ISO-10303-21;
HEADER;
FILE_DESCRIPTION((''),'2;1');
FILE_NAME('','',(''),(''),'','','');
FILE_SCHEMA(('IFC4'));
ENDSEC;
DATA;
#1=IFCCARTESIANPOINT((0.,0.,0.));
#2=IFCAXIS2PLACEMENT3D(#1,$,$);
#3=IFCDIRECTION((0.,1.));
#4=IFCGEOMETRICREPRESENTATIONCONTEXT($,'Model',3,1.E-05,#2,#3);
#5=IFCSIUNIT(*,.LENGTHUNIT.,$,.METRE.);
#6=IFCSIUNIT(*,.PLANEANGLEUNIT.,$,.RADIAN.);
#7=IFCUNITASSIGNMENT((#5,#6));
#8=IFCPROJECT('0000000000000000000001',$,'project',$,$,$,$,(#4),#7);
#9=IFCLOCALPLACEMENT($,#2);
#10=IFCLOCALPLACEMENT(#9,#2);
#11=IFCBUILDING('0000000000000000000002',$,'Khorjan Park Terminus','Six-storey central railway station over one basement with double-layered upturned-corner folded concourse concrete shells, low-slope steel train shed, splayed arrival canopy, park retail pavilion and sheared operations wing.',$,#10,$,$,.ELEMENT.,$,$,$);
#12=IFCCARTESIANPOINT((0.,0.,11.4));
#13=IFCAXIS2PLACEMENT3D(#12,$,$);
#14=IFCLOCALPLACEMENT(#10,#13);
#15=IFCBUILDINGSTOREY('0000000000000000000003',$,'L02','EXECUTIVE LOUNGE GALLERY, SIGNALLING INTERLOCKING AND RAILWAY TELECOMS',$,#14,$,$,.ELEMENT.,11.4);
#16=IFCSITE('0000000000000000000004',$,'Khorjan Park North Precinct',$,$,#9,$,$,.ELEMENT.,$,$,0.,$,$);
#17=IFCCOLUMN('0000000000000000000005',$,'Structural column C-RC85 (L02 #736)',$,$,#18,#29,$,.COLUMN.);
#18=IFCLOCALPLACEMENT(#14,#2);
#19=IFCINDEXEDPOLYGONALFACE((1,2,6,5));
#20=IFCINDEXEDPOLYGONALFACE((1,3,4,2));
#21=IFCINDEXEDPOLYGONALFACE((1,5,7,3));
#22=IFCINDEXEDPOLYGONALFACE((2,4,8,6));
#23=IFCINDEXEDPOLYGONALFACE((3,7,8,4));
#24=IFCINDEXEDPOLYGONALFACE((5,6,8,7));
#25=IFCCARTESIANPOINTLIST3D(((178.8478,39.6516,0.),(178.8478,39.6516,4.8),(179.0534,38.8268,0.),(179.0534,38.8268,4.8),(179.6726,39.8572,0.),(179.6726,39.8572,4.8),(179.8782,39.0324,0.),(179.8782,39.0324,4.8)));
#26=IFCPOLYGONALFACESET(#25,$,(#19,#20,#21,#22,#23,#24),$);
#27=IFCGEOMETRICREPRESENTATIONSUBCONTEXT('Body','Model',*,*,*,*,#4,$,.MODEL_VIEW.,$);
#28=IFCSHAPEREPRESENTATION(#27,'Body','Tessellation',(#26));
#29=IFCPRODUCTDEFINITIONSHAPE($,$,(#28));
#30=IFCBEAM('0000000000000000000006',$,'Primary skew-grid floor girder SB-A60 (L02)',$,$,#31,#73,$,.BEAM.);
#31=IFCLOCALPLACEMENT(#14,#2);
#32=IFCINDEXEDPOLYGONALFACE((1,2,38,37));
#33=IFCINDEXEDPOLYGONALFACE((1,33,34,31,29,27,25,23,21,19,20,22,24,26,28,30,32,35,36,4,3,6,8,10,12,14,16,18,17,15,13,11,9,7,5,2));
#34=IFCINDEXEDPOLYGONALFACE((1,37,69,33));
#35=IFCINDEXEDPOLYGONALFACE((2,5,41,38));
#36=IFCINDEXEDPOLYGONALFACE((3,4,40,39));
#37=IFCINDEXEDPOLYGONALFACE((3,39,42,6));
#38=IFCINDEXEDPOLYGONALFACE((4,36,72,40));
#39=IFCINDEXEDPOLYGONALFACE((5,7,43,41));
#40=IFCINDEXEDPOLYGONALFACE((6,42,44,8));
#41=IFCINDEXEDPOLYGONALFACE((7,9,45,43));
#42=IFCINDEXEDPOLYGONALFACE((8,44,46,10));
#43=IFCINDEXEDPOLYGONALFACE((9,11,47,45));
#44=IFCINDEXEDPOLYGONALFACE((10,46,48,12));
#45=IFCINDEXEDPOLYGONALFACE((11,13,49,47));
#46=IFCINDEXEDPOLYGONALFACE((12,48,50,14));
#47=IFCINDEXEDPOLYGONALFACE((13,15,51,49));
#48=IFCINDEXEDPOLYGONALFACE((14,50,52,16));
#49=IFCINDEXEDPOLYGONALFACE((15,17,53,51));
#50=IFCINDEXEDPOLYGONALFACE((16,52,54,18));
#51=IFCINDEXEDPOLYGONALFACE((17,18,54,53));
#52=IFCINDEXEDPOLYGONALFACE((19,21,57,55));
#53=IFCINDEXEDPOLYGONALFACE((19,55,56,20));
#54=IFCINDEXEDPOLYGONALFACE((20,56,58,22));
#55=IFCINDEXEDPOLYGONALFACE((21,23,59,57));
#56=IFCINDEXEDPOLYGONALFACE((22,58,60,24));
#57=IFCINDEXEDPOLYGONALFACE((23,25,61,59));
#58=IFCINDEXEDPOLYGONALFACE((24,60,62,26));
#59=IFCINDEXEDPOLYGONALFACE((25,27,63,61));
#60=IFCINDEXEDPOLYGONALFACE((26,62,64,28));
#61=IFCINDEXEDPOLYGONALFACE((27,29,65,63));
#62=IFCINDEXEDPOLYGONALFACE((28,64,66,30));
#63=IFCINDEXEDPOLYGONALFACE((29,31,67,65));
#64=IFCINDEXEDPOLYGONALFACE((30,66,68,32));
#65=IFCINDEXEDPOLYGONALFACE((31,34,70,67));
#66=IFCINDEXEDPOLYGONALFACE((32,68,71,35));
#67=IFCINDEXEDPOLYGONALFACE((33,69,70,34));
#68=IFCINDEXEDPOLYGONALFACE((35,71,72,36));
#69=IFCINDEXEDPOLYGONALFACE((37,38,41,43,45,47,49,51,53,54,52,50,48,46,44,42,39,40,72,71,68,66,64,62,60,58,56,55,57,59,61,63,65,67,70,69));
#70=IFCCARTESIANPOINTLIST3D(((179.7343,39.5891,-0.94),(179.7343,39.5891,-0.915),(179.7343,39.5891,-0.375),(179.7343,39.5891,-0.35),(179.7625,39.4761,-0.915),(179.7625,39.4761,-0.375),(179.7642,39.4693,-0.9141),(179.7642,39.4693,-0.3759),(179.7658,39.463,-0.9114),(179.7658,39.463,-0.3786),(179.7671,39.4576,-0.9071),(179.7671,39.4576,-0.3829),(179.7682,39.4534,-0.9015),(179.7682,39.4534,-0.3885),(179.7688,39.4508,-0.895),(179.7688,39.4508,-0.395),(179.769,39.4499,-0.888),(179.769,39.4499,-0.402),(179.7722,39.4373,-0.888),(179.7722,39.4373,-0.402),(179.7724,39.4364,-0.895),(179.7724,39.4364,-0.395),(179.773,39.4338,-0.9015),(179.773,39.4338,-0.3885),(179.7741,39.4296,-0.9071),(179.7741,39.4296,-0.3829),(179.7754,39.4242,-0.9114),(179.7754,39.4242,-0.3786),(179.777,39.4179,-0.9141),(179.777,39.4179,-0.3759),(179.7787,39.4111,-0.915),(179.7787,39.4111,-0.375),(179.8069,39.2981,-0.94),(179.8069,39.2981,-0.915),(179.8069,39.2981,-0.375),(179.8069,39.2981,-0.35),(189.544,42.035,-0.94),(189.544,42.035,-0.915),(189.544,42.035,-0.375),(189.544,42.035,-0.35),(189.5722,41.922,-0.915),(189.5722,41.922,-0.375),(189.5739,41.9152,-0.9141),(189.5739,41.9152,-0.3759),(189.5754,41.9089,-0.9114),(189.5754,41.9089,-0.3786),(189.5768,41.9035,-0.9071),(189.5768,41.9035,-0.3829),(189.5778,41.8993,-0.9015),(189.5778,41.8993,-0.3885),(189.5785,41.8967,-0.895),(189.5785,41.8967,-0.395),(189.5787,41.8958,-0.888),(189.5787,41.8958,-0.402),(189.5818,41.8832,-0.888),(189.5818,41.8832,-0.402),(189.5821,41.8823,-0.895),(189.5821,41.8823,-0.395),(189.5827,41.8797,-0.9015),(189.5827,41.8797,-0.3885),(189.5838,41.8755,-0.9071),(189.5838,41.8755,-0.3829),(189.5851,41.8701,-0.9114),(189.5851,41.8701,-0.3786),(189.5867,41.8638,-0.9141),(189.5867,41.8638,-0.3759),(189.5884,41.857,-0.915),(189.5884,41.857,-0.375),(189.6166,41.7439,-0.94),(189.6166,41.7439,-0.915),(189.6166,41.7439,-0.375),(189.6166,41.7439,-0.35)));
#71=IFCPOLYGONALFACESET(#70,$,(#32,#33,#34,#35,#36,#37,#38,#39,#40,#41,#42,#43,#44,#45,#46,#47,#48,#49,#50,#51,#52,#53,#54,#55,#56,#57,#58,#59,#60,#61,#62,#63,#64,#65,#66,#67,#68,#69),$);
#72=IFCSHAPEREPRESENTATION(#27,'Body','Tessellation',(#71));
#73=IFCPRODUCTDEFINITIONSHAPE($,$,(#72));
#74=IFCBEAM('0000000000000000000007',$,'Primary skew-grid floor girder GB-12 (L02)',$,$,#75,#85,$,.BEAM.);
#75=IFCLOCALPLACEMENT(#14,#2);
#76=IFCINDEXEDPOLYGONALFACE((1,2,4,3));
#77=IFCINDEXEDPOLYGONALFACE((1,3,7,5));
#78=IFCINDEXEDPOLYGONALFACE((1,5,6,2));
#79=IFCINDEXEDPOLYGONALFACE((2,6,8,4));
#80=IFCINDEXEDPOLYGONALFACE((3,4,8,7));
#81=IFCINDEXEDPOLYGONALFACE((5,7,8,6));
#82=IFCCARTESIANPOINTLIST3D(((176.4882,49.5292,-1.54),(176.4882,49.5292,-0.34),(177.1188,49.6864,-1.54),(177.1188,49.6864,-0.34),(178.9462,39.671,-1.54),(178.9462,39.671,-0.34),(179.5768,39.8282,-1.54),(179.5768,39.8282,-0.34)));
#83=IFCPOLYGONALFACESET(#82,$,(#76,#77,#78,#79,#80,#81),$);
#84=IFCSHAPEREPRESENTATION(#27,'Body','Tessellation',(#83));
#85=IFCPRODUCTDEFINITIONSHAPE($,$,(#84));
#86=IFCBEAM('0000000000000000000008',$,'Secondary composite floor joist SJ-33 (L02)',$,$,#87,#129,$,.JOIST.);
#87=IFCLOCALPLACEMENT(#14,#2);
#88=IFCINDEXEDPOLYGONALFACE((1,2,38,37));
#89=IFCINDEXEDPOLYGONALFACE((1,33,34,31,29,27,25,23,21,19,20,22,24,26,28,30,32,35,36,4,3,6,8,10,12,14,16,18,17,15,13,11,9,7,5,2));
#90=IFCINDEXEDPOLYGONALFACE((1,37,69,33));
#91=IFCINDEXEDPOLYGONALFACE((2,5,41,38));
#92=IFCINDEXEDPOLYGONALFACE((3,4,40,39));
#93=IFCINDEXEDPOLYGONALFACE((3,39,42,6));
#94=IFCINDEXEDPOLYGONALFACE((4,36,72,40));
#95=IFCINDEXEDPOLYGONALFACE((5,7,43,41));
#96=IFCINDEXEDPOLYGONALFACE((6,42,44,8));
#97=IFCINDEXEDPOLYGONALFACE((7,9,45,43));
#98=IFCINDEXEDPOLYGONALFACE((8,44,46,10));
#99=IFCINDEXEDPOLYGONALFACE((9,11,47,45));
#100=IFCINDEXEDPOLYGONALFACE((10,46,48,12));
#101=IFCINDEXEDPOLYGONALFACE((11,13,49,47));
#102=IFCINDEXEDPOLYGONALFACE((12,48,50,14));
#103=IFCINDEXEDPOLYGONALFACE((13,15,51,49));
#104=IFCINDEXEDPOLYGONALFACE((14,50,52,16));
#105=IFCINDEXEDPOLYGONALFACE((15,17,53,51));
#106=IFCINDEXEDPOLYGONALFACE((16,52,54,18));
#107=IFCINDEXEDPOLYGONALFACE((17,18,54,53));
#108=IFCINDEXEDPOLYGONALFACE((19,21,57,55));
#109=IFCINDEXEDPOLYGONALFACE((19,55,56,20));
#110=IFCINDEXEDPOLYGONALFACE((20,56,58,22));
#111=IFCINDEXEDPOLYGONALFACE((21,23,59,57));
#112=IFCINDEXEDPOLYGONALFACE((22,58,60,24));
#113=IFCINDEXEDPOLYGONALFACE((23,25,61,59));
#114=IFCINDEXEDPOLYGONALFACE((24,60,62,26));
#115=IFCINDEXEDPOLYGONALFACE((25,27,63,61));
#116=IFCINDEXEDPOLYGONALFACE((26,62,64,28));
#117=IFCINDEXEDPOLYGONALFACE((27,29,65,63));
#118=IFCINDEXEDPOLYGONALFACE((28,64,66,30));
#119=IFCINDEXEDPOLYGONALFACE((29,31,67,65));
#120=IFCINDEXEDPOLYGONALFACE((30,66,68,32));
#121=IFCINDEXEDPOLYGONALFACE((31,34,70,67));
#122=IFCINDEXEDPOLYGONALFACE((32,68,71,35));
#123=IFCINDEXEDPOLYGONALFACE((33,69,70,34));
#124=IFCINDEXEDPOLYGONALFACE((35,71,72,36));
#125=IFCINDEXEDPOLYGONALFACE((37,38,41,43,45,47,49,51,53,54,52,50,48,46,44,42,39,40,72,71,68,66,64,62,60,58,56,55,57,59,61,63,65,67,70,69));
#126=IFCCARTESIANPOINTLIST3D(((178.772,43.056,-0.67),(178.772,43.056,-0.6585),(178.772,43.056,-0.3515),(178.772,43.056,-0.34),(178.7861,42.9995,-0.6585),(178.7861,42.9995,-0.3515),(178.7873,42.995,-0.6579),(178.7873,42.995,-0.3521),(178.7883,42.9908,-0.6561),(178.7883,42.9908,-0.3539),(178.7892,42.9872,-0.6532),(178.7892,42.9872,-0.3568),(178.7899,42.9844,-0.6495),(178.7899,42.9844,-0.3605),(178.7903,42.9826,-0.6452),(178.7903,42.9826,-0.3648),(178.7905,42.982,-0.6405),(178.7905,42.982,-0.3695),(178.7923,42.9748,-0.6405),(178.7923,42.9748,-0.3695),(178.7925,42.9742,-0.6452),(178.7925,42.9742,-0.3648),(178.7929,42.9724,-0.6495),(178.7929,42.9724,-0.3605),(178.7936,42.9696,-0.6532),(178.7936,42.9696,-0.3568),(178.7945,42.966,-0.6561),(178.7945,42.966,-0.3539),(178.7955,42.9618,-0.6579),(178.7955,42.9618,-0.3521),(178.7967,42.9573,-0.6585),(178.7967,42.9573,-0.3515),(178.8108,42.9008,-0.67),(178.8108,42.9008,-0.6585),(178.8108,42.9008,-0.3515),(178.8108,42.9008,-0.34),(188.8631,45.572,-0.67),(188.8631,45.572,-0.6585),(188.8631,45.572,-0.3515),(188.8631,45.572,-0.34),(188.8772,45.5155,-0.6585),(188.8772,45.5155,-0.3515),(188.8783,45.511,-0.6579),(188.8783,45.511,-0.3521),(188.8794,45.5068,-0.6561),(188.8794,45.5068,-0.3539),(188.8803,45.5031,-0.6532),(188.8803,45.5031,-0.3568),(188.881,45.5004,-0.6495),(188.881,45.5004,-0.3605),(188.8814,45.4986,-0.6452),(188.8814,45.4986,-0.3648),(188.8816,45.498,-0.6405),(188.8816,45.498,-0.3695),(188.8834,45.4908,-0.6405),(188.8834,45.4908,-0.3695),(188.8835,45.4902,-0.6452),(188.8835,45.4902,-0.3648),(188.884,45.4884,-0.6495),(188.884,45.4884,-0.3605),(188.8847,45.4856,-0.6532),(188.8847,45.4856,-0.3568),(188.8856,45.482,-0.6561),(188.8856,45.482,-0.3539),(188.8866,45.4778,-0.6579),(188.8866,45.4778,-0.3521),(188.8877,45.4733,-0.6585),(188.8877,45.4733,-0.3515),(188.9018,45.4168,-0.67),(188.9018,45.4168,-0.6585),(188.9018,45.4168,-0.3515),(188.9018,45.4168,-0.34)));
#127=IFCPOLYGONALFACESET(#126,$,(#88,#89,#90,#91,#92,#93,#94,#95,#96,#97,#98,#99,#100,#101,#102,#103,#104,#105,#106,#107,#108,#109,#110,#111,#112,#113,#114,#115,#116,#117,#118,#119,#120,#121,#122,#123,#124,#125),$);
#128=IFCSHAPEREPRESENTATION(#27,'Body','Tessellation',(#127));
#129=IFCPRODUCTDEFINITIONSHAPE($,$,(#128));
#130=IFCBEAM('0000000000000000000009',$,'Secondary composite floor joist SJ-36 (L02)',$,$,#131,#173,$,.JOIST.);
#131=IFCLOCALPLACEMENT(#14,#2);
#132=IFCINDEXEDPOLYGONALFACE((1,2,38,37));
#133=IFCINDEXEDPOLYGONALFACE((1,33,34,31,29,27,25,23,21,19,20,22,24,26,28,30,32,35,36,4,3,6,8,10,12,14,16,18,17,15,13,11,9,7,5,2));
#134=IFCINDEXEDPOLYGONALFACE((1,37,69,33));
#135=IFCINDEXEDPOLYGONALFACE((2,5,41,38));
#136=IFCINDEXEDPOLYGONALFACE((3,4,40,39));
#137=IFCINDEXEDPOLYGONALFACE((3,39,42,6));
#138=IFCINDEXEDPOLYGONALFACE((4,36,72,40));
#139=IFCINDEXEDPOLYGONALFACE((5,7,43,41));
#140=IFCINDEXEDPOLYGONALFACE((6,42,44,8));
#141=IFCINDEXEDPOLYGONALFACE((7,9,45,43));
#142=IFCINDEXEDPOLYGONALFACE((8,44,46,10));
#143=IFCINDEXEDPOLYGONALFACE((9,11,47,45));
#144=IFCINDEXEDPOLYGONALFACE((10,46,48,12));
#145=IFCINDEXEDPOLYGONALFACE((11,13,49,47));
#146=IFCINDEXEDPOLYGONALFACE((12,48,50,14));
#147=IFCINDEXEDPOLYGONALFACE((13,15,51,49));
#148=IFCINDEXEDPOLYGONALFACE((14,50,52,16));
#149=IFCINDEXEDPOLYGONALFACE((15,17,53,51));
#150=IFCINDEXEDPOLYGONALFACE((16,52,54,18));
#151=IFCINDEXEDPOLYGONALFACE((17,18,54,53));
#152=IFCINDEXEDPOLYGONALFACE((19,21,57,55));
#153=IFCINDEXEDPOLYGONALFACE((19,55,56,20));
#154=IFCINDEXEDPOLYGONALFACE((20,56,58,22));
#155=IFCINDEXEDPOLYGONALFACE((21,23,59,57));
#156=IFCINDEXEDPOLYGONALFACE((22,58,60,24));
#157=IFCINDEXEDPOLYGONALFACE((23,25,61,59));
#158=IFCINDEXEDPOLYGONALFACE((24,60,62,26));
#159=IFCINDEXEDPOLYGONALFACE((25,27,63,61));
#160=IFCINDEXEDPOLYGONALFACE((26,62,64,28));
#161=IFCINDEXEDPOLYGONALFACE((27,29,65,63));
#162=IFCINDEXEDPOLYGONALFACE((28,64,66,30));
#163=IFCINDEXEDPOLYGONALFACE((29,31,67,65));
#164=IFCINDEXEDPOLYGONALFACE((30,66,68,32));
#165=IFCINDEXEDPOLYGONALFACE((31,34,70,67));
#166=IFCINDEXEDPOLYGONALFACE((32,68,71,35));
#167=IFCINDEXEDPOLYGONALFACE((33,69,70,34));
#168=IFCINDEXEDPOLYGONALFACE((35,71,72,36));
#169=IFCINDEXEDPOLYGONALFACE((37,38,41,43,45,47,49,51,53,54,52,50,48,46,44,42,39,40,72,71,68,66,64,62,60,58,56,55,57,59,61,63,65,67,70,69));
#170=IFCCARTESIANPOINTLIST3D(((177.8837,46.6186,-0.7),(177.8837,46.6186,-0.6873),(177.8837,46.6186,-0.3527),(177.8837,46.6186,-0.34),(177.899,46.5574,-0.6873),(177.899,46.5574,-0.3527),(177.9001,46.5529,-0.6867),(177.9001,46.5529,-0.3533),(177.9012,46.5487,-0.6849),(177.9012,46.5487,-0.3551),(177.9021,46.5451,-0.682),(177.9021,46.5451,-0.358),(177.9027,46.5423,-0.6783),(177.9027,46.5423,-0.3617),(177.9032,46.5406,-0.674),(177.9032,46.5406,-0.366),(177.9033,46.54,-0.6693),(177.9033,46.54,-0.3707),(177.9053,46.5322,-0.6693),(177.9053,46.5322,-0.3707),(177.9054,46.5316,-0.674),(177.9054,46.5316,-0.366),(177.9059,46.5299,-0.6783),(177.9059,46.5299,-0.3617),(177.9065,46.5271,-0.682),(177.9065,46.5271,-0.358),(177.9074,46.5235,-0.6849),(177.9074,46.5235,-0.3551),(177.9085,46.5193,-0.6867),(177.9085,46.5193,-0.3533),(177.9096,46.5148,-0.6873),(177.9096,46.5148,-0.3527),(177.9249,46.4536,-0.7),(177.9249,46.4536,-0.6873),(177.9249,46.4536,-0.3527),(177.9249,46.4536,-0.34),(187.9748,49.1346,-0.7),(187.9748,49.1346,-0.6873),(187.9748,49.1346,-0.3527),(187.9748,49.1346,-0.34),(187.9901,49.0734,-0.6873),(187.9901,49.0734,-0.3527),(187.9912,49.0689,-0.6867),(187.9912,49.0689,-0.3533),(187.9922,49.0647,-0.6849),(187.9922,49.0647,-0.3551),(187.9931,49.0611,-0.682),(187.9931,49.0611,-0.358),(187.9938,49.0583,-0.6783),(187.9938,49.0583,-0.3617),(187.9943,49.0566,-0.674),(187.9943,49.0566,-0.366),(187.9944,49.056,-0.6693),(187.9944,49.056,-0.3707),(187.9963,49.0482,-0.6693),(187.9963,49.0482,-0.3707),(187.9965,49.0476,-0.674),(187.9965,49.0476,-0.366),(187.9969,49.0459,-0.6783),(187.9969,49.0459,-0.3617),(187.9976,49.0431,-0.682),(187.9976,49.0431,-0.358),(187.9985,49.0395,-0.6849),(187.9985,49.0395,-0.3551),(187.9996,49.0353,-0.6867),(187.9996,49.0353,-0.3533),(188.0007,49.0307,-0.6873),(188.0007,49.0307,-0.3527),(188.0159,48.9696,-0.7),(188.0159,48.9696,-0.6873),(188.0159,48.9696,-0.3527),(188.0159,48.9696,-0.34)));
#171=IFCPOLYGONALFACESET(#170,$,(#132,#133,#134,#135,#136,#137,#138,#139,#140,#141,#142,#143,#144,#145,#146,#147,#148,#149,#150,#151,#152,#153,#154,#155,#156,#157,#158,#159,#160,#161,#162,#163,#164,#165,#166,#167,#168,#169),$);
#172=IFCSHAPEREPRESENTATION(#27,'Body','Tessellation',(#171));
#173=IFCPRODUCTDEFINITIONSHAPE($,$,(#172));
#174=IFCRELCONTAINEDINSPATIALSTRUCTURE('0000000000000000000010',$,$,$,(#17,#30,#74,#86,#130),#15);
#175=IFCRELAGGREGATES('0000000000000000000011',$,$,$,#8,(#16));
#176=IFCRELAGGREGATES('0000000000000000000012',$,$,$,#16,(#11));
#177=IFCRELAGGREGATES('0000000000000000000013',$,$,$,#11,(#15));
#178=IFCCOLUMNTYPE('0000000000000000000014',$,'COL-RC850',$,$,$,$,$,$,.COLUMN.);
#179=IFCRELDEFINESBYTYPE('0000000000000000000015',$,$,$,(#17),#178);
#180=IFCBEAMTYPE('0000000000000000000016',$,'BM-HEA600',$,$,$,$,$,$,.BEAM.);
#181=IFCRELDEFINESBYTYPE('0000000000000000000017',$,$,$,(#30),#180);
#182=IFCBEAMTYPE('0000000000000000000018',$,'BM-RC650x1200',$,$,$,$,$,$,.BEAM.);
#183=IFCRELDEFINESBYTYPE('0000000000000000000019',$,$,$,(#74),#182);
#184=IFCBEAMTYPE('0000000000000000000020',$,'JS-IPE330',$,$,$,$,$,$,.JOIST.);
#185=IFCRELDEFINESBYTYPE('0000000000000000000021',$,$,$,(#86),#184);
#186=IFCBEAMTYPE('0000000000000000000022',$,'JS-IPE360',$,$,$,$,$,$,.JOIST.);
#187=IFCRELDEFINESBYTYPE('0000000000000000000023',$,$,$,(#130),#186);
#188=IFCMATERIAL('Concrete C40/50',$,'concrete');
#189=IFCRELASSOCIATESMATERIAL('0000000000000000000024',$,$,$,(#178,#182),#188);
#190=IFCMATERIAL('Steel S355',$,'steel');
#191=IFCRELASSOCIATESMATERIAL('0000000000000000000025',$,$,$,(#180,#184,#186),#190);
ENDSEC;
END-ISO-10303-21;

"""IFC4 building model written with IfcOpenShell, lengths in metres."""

from ifc_helpers import new_model, si_unit, direction, frame, origin, origin_2d, place, context, subcontext, project, spatial, rectangle, i_section, extrude, material, material_profile, profile_set, type_object, element, save


model = new_model("IFC4")

# Units and contexts
model_context = context("Model", 3, precision=1e-05, world=origin(), true_north=direction((0.0, 1.0)))
body_context = subcontext(model_context, "Body", "Model", "MODEL_VIEW")
ifc_project = project(units=[si_unit("LENGTHUNIT", "METRE"), si_unit("PLANEANGLEUNIT", "RADIAN")], contexts=[model_context])

# Site, building, storey
site_placement = place(None, origin())
site = spatial("IfcSite", under=ifc_project, at=site_placement, Name="Khorjan Park North Precinct", CompositionType="ELEMENT", RefElevation=0.0)
building_placement = place(site_placement, origin())
building = spatial("IfcBuilding", under=site, at=building_placement, Name="Khorjan Park Terminus", Description="Six-storey central railway station over one basement with double-layered upturned-corner folded concourse concrete shells, low-slope steel train shed, splayed arrival canopy, park retail pavilion and sheared operations wing.", CompositionType="ELEMENT")
storey_placement = place(building_placement, frame((0.0, 0.0, 11.4)))
storey = spatial("IfcBuildingStorey", under=building, at=storey_placement, Name="L02", Description="EXECUTIVE LOUNGE GALLERY, SIGNALLING INTERLOCKING AND RAILWAY TELECOMS", CompositionType="ELEMENT", Elevation=11.4)

# Column
ifc_material_1 = material(Name="Concrete C40/50", Category="concrete")
ifc_material_profile_1 = material_profile(ifc_material_1, rectangle(XDim=0.85, YDim=0.85, at=origin_2d()), Name="RC 850x850")
ifc_profile_set_1 = profile_set([ifc_material_profile_1], Name="Concrete C40/50")
column_type = type_object("IfcColumnType", Name="COL-RC850", PredefinedType="COLUMN", material=ifc_profile_set_1)
column_placement = place(storey_placement, frame((179.363, 39.342, 0.0), z_axis=(0.0, 0.0, 1.0), x_axis=(0.970296, 0.241922, 0.0)))
element("IfcColumn", 1, at=column_placement, inside=storey, type_object=column_type, Name="Structural column C-RC85 (L02 #736)", PredefinedType="COLUMN", context=body_context, shape_type="SweptSolid", body=[
    extrude(rectangle(XDim=0.85, YDim=0.85, at=origin_2d()), origin(), (0.0, 0.0, 1.0), 4.8),
])

# Beams
ifc_material_2 = material(Name="Steel S355", Category="steel")
ifc_material_profile_2 = material_profile(ifc_material_2, i_section(OverallWidth=0.3, OverallDepth=0.59, WebThickness=0.013, FlangeThickness=0.025, FilletRadius=0.027, at=origin_2d()), Name="HEA 600")
ifc_profile_set_2 = profile_set([ifc_material_profile_2], Name="Steel S355")
beam_type_1 = type_object("IfcBeamType", Name="BM-HEA600", PredefinedType="BEAM", material=ifc_profile_set_2)
beam_1_placement = place(storey_placement, frame((179.7706, 39.4436, -0.645), z_axis=(0.970294, 0.241928, 0.0), x_axis=(-0.241928, 0.970294, 0.0)))
element("IfcBeam", 2, at=beam_1_placement, inside=storey, type_object=beam_type_1, Name="Primary skew-grid floor girder SB-A60 (L02)", PredefinedType="BEAM", context=body_context, shape_type="SweptSolid", body=[
    extrude(i_section(OverallWidth=0.3, OverallDepth=0.59, WebThickness=0.013, FlangeThickness=0.025, FilletRadius=0.027, at=origin_2d()), origin(), (0.0, 0.0, 1.0), 10.11),
])
ifc_material_profile_3 = material_profile(ifc_material_1, rectangle(XDim=0.65, YDim=1.2, at=origin_2d()), Name="RC 650x1200")
ifc_profile_set_3 = profile_set([ifc_material_profile_3], Name="Concrete C40/50")
beam_type_2 = type_object("IfcBeamType", Name="BM-RC650x1200", PredefinedType="BEAM", material=ifc_profile_set_3)
beam_2_placement = place(storey_placement, frame((179.2615, 39.7496, -0.94), z_axis=(-0.241929, 0.970294, 0.0), x_axis=(-0.970294, -0.241929, 0.0)))
element("IfcBeam", 3, at=beam_2_placement, inside=storey, type_object=beam_type_2, Name="Primary skew-grid floor girder GB-12 (L02)", PredefinedType="BEAM", context=body_context, shape_type="SweptSolid", body=[
    extrude(rectangle(XDim=0.65, YDim=1.2, at=origin_2d()), origin(), (0.0, 0.0, 1.0), 10.16),
])
ifc_material_profile_4 = material_profile(ifc_material_2, i_section(OverallWidth=0.16, OverallDepth=0.33, WebThickness=0.0075, FlangeThickness=0.0115, FilletRadius=0.018, at=origin_2d()), Name="IPE 330")
ifc_profile_set_4 = profile_set([ifc_material_profile_4], Name="Steel S355")
beam_type_3 = type_object("IfcBeamType", Name="JS-IPE330", PredefinedType="JOIST", material=ifc_profile_set_4)
beam_3_placement = place(storey_placement, frame((178.7914, 42.9784, -0.505), z_axis=(0.970296, 0.241922, 0.0), x_axis=(-0.241922, 0.970296, 0.0)))
element("IfcBeam", 4, at=beam_3_placement, inside=storey, type_object=beam_type_3, Name="Secondary composite floor joist SJ-33 (L02)", PredefinedType="JOIST", context=body_context, shape_type="SweptSolid", body=[
    extrude(i_section(OverallWidth=0.16, OverallDepth=0.33, WebThickness=0.0075, FlangeThickness=0.0115, FilletRadius=0.018, at=origin_2d()), origin(), (0.0, 0.0, 1.0), 10.4),
])
ifc_material_profile_5 = material_profile(ifc_material_2, i_section(OverallWidth=0.17, OverallDepth=0.36, WebThickness=0.008, FlangeThickness=0.0127, FilletRadius=0.018, at=origin_2d()), Name="IPE 360")
ifc_profile_set_5 = profile_set([ifc_material_profile_5], Name="Steel S355")
beam_type_4 = type_object("IfcBeamType", Name="JS-IPE360", PredefinedType="JOIST", material=ifc_profile_set_5)
beam_4_placement = place(storey_placement, frame((177.9043, 46.5361, -0.52), z_axis=(0.970296, 0.241922, 0.0), x_axis=(-0.241922, 0.970296, 0.0)))
element("IfcBeam", 5, at=beam_4_placement, inside=storey, type_object=beam_type_4, Name="Secondary composite floor joist SJ-36 (L02)", PredefinedType="JOIST", context=body_context, shape_type="SweptSolid", body=[
    extrude(i_section(OverallWidth=0.17, OverallDepth=0.36, WebThickness=0.008, FlangeThickness=0.0127, FilletRadius=0.018, at=origin_2d()), origin(), (0.0, 0.0, 1.0), 10.4),
])

save(model, "model.ifc")
